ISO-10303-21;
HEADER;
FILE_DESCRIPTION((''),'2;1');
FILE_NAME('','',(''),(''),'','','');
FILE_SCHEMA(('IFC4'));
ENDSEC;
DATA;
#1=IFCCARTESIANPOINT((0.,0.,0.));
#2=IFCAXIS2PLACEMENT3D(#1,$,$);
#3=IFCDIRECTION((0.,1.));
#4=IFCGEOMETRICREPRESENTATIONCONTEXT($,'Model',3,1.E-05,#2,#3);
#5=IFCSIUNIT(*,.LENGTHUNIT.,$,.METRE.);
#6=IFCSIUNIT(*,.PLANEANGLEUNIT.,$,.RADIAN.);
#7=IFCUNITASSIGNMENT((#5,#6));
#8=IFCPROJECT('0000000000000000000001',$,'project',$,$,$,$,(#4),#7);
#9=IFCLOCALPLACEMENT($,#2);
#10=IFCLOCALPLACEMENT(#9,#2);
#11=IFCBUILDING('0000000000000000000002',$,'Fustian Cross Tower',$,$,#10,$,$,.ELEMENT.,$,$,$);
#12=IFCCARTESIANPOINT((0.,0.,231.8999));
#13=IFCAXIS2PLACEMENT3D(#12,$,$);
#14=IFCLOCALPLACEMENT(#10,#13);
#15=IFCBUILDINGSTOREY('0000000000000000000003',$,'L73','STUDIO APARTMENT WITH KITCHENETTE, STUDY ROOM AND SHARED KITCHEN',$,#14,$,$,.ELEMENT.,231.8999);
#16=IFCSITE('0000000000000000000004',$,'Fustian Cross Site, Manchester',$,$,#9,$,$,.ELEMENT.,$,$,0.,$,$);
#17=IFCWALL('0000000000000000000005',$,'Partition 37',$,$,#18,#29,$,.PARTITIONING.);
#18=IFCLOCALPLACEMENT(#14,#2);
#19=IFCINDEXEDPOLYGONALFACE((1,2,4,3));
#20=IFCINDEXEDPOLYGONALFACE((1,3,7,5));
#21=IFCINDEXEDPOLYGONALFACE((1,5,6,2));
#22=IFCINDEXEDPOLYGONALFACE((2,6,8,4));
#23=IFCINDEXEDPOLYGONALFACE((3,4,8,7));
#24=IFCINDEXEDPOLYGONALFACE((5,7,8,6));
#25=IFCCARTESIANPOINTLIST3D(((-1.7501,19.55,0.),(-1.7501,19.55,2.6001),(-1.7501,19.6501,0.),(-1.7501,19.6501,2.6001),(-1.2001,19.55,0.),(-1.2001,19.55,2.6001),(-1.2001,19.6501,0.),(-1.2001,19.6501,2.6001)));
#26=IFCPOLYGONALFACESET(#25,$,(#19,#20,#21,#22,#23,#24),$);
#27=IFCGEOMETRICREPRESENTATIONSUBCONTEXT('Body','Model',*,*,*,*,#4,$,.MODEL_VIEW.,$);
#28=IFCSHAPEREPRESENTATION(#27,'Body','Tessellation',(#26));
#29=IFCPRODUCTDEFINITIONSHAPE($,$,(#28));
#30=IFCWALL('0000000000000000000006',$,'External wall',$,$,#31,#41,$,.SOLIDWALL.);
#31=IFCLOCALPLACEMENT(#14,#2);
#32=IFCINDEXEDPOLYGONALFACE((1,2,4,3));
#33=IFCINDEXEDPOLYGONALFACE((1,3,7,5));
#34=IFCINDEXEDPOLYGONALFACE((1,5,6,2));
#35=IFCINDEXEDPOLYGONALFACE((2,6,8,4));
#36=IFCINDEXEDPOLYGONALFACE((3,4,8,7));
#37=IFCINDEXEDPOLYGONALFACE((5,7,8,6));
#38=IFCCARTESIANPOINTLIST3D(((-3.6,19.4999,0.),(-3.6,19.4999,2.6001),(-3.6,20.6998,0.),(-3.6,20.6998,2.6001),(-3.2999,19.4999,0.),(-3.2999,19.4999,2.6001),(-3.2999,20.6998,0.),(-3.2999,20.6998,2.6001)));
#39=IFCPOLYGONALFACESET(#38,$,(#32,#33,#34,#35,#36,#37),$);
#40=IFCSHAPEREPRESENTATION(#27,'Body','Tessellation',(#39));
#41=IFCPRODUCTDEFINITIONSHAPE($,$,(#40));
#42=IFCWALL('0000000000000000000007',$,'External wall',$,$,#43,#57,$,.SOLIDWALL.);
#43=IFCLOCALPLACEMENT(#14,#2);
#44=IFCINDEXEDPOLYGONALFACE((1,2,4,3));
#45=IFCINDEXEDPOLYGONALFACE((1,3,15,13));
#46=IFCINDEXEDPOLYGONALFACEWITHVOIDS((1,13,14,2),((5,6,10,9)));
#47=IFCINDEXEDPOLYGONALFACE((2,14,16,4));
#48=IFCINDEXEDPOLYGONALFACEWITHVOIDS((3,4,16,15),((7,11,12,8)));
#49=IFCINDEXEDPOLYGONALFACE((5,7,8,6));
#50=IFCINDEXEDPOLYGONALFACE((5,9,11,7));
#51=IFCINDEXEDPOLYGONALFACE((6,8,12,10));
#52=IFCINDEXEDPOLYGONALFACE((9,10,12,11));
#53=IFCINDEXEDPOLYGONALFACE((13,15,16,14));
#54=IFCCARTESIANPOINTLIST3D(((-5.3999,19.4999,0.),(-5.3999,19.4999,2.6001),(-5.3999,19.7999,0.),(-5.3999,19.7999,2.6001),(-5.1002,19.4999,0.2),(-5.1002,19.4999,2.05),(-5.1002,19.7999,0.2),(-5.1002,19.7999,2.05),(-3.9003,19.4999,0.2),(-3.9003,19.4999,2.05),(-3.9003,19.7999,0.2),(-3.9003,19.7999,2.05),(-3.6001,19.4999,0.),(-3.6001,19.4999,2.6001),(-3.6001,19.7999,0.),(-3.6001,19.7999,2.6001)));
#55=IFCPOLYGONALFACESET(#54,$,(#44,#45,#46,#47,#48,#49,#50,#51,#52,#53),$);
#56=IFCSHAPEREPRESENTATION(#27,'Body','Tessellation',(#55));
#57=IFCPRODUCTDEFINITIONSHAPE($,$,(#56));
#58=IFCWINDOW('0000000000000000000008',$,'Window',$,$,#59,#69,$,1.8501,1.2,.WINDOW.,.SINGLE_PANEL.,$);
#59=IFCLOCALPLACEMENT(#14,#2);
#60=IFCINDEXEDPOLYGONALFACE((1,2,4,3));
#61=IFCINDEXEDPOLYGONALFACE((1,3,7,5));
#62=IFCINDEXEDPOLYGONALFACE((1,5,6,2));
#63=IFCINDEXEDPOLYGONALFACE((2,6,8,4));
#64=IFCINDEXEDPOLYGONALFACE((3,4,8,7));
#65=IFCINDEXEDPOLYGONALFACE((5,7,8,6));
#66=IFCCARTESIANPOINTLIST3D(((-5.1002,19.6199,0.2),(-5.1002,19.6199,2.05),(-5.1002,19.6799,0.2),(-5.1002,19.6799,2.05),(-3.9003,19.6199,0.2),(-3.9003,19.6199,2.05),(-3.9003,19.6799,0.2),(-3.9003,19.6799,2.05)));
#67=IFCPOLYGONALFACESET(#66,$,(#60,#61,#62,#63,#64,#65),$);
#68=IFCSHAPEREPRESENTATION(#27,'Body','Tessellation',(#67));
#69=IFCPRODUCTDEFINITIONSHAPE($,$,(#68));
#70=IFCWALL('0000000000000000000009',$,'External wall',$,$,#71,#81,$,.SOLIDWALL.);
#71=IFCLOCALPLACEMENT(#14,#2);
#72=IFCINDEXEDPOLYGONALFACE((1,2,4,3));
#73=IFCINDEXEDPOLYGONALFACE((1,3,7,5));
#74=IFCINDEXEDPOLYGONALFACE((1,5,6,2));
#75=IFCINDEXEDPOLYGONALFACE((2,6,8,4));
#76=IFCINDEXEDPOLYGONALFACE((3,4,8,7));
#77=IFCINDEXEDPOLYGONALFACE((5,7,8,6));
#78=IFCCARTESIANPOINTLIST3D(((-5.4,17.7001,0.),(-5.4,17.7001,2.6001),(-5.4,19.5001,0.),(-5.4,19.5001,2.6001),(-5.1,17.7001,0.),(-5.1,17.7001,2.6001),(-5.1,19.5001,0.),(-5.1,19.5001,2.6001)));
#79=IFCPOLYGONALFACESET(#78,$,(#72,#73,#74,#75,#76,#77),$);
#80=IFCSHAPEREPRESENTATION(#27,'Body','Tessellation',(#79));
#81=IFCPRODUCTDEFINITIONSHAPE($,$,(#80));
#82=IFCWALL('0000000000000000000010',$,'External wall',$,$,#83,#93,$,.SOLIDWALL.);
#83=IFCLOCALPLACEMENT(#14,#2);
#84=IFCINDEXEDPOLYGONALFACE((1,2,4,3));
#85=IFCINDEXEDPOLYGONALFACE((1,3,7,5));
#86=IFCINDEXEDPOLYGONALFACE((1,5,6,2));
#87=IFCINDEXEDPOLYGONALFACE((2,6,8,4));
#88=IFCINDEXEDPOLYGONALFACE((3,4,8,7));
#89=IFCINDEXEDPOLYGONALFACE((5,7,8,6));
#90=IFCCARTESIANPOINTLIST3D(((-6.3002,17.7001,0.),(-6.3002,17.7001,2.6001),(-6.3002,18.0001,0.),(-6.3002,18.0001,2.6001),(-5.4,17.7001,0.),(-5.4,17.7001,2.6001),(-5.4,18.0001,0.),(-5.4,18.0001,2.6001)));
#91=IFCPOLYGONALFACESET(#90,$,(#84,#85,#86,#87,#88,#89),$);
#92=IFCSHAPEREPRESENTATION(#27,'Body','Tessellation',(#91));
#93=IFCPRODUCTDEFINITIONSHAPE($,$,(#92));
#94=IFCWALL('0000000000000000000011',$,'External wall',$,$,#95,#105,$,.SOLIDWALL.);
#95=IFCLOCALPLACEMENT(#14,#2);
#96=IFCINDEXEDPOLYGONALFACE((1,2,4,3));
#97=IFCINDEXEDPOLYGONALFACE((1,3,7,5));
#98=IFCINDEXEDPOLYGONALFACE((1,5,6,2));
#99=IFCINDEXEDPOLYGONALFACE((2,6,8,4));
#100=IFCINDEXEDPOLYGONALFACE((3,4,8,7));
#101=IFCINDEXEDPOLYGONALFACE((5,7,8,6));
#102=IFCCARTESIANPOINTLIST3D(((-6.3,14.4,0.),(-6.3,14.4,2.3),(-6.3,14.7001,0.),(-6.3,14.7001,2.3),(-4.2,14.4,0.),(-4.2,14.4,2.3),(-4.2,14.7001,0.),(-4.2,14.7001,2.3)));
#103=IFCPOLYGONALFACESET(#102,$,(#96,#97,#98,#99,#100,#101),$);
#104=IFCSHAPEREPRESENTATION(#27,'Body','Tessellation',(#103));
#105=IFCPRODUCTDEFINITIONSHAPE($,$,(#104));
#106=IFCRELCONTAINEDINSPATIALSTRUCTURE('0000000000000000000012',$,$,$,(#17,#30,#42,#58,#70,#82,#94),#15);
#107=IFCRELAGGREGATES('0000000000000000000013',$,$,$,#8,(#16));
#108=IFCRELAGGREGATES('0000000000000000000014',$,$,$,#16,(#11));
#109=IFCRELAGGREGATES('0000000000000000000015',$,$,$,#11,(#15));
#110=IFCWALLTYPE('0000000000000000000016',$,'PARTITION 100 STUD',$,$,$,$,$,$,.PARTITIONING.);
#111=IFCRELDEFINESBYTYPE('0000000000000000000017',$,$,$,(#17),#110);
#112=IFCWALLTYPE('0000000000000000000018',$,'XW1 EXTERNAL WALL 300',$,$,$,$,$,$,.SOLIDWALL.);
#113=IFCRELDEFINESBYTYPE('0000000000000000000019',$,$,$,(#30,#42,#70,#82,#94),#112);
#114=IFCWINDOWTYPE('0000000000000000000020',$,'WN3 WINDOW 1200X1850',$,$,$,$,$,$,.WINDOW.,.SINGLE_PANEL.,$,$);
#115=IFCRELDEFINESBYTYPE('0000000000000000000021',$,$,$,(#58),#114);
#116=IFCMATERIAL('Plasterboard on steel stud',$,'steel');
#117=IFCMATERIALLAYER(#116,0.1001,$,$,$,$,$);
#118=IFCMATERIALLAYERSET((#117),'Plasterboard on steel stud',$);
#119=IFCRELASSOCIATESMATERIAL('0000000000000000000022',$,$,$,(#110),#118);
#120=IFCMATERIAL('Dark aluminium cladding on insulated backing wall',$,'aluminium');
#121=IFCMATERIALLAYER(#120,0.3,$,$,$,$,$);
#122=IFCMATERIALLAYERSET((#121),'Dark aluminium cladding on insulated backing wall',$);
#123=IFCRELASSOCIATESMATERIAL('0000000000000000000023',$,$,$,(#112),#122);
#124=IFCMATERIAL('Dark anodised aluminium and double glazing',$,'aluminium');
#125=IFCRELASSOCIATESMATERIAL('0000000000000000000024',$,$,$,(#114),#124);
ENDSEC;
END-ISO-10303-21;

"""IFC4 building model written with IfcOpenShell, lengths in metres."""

from ifc_helpers import new_model, si_unit, direction, frame, frame_2d, origin, place, context, subcontext, project, spatial, rectangle, extrude, material, layer, layer_set, type_object, element, fill, save


model = new_model("IFC4")

# Units and contexts
model_context = context("Model", 3, precision=1e-05, world=origin(), true_north=direction((0.0, 1.0)))
body_context = subcontext(model_context, "Body", "Model", "MODEL_VIEW")
ifc_project = project(units=[si_unit("LENGTHUNIT", "METRE"), si_unit("PLANEANGLEUNIT", "RADIAN")], contexts=[model_context])

# Site, building, storey
site_placement = place(None, origin())
site = spatial("IfcSite", under=ifc_project, at=site_placement, Name="Fustian Cross Site, Manchester", CompositionType="ELEMENT", RefElevation=0.0)
building_placement = place(site_placement, origin())
building = spatial("IfcBuilding", under=site, at=building_placement, Name="Fustian Cross Tower", CompositionType="ELEMENT")
storey_placement = place(building_placement, frame((0.0, 0.0, 231.8999)))
storey = spatial("IfcBuildingStorey", under=building, at=storey_placement, Name="L73", Description="STUDIO APARTMENT WITH KITCHENETTE, STUDY ROOM AND SHARED KITCHEN", CompositionType="ELEMENT", Elevation=231.8999)

# Shared definitions
ifc_material_1 = material(Name="Plasterboard on steel stud", Category="steel")
ifc_layer_1 = layer(ifc_material_1, 0.1001)
ifc_layer_set_1 = layer_set([ifc_layer_1], Name="Plasterboard on steel stud")
wall_type_1 = type_object("IfcWallType", Name="PARTITION 100 STUD", PredefinedType="PARTITIONING", material=ifc_layer_set_1)

# Walls
wall_1_placement = place(storey_placement, frame((-1.75, 19.6001, 0.0), z_axis=(0.0, 0.0, 1.0), x_axis=(1.0, 0.0, 0.0)))
element("IfcWall", 1, at=wall_1_placement, inside=storey, type_object=wall_type_1, Name="Partition 37", PredefinedType="PARTITIONING", context=body_context, shape_type="SweptSolid", body=[
    extrude(rectangle(XDim=0.55, YDim=0.1001, at=frame_2d((0.2749, 0.0))), origin(), (0.0, 0.0, 1.0), 2.6001),
])
ifc_material_2 = material(Name="Dark aluminium cladding on insulated backing wall", Category="aluminium")
ifc_layer_2 = layer(ifc_material_2, 0.3)
ifc_layer_set_2 = layer_set([ifc_layer_2], Name="Dark aluminium cladding on insulated backing wall")
wall_type_2 = type_object("IfcWallType", Name="XW1 EXTERNAL WALL 300", PredefinedType="SOLIDWALL", material=ifc_layer_set_2)
wall_2_placement = place(storey_placement, frame((-3.45, 20.7, 0.0), z_axis=(0.0, 0.0, 1.0), x_axis=(0.0, -1.0, 0.0)))
element("IfcWall", 2, at=wall_2_placement, inside=storey, type_object=wall_type_2, Name="External wall", PredefinedType="SOLIDWALL", context=body_context, shape_type="SweptSolid", body=[
    extrude(rectangle(XDim=1.2, YDim=0.3, at=frame_2d((0.6001, 0.0))), origin(), (0.0, 0.0, 1.0), 2.6001),
])

# Wall, opening, window
wall_3_placement = place(storey_placement, frame((-3.6001, 19.6499, 0.0), z_axis=(0.0, 0.0, 1.0), x_axis=(-1.0, 0.0, 0.0)))
wall_3 = element("IfcWall", 3, at=wall_3_placement, inside=storey, type_object=wall_type_2, Name="External wall", PredefinedType="SOLIDWALL", context=body_context, shape_type="SweptSolid", body=[
    extrude(rectangle(XDim=1.7998, YDim=0.3, at=frame_2d((0.8999, 0.0))), origin(), (0.0, 0.0, 1.0), 2.6001),
])
opening_1_placement = place(wall_3_placement, frame((0.3, 0.0, 0.2)))
opening_1 = element("IfcOpeningElement", 4, at=opening_1_placement, cuts=wall_3, PredefinedType="OPENING", context=body_context, shape_type="SweptSolid", body=[
    extrude(rectangle(XDim=1.2, YDim=1.8501, at=frame_2d((0.6001, 0.925))), frame((0.0, 0.1599, 0.0), z_axis=(0.0, -1.0, 0.0), x_axis=(1.0, 0.0, 0.0)), (0.0, 0.0, 1.0), 0.3201),
])
ifc_material_3 = material(Name="Dark anodised aluminium and double glazing", Category="aluminium")
window_type = type_object("IfcWindowType", Name="WN3 WINDOW 1200X1850", PartitioningType="SINGLE_PANEL", PredefinedType="WINDOW", material=ifc_material_3)
window_placement = place(opening_1_placement, origin())
window = element("IfcWindow", 5, at=window_placement, inside=storey, type_object=window_type, Name="Window", OverallHeight=1.8501, OverallWidth=1.2, PartitioningType="SINGLE_PANEL", PredefinedType="WINDOW", context=body_context, shape_type="SweptSolid", body=[
    extrude(rectangle(XDim=1.2, YDim=1.8501, at=frame_2d((0.6001, 0.925))), frame((0.0, 0.03, 0.0), z_axis=(0.0, -1.0, 0.0), x_axis=(1.0, 0.0, 0.0)), (0.0, 0.0, 1.0), 0.0601),
])
fill(opening_1, window)

# Walls
wall_4_placement = place(storey_placement, frame((-5.25, 19.5, 0.0), z_axis=(0.0, 0.0, 1.0), x_axis=(0.0, -1.0, 0.0)))
element("IfcWall", 6, at=wall_4_placement, inside=storey, type_object=wall_type_2, Name="External wall", PredefinedType="SOLIDWALL", context=body_context, shape_type="SweptSolid", body=[
    extrude(rectangle(XDim=1.8, YDim=0.3, at=frame_2d((0.8999, 0.0))), origin(), (0.0, 0.0, 1.0), 2.6001),
])
wall_5_placement = place(storey_placement, frame((-5.3999, 17.8501, 0.0), z_axis=(0.0, 0.0, 1.0), x_axis=(-1.0, 0.0, 0.0)))
element("IfcWall", 7, at=wall_5_placement, inside=storey, type_object=wall_type_2, Name="External wall", PredefinedType="SOLIDWALL", context=body_context, shape_type="SweptSolid", body=[
    extrude(rectangle(XDim=0.9001, YDim=0.3, at=frame_2d((0.4502, 0.0))), origin(), (0.0, 0.0, 1.0), 2.6001),
])
wall_6_placement = place(storey_placement, frame((-6.3, 14.55, 0.0), z_axis=(0.0, 0.0, 1.0), x_axis=(1.0, 0.0, 0.0)))
element("IfcWall", 8, at=wall_6_placement, inside=storey, type_object=wall_type_2, Name="External wall", PredefinedType="SOLIDWALL", context=body_context, shape_type="SweptSolid", body=[
    extrude(rectangle(XDim=2.1001, YDim=0.3, at=frame_2d((1.05, 0.0))), origin(), (0.0, 0.0, 1.0), 2.3),
])

save(model, "model.ifc")
